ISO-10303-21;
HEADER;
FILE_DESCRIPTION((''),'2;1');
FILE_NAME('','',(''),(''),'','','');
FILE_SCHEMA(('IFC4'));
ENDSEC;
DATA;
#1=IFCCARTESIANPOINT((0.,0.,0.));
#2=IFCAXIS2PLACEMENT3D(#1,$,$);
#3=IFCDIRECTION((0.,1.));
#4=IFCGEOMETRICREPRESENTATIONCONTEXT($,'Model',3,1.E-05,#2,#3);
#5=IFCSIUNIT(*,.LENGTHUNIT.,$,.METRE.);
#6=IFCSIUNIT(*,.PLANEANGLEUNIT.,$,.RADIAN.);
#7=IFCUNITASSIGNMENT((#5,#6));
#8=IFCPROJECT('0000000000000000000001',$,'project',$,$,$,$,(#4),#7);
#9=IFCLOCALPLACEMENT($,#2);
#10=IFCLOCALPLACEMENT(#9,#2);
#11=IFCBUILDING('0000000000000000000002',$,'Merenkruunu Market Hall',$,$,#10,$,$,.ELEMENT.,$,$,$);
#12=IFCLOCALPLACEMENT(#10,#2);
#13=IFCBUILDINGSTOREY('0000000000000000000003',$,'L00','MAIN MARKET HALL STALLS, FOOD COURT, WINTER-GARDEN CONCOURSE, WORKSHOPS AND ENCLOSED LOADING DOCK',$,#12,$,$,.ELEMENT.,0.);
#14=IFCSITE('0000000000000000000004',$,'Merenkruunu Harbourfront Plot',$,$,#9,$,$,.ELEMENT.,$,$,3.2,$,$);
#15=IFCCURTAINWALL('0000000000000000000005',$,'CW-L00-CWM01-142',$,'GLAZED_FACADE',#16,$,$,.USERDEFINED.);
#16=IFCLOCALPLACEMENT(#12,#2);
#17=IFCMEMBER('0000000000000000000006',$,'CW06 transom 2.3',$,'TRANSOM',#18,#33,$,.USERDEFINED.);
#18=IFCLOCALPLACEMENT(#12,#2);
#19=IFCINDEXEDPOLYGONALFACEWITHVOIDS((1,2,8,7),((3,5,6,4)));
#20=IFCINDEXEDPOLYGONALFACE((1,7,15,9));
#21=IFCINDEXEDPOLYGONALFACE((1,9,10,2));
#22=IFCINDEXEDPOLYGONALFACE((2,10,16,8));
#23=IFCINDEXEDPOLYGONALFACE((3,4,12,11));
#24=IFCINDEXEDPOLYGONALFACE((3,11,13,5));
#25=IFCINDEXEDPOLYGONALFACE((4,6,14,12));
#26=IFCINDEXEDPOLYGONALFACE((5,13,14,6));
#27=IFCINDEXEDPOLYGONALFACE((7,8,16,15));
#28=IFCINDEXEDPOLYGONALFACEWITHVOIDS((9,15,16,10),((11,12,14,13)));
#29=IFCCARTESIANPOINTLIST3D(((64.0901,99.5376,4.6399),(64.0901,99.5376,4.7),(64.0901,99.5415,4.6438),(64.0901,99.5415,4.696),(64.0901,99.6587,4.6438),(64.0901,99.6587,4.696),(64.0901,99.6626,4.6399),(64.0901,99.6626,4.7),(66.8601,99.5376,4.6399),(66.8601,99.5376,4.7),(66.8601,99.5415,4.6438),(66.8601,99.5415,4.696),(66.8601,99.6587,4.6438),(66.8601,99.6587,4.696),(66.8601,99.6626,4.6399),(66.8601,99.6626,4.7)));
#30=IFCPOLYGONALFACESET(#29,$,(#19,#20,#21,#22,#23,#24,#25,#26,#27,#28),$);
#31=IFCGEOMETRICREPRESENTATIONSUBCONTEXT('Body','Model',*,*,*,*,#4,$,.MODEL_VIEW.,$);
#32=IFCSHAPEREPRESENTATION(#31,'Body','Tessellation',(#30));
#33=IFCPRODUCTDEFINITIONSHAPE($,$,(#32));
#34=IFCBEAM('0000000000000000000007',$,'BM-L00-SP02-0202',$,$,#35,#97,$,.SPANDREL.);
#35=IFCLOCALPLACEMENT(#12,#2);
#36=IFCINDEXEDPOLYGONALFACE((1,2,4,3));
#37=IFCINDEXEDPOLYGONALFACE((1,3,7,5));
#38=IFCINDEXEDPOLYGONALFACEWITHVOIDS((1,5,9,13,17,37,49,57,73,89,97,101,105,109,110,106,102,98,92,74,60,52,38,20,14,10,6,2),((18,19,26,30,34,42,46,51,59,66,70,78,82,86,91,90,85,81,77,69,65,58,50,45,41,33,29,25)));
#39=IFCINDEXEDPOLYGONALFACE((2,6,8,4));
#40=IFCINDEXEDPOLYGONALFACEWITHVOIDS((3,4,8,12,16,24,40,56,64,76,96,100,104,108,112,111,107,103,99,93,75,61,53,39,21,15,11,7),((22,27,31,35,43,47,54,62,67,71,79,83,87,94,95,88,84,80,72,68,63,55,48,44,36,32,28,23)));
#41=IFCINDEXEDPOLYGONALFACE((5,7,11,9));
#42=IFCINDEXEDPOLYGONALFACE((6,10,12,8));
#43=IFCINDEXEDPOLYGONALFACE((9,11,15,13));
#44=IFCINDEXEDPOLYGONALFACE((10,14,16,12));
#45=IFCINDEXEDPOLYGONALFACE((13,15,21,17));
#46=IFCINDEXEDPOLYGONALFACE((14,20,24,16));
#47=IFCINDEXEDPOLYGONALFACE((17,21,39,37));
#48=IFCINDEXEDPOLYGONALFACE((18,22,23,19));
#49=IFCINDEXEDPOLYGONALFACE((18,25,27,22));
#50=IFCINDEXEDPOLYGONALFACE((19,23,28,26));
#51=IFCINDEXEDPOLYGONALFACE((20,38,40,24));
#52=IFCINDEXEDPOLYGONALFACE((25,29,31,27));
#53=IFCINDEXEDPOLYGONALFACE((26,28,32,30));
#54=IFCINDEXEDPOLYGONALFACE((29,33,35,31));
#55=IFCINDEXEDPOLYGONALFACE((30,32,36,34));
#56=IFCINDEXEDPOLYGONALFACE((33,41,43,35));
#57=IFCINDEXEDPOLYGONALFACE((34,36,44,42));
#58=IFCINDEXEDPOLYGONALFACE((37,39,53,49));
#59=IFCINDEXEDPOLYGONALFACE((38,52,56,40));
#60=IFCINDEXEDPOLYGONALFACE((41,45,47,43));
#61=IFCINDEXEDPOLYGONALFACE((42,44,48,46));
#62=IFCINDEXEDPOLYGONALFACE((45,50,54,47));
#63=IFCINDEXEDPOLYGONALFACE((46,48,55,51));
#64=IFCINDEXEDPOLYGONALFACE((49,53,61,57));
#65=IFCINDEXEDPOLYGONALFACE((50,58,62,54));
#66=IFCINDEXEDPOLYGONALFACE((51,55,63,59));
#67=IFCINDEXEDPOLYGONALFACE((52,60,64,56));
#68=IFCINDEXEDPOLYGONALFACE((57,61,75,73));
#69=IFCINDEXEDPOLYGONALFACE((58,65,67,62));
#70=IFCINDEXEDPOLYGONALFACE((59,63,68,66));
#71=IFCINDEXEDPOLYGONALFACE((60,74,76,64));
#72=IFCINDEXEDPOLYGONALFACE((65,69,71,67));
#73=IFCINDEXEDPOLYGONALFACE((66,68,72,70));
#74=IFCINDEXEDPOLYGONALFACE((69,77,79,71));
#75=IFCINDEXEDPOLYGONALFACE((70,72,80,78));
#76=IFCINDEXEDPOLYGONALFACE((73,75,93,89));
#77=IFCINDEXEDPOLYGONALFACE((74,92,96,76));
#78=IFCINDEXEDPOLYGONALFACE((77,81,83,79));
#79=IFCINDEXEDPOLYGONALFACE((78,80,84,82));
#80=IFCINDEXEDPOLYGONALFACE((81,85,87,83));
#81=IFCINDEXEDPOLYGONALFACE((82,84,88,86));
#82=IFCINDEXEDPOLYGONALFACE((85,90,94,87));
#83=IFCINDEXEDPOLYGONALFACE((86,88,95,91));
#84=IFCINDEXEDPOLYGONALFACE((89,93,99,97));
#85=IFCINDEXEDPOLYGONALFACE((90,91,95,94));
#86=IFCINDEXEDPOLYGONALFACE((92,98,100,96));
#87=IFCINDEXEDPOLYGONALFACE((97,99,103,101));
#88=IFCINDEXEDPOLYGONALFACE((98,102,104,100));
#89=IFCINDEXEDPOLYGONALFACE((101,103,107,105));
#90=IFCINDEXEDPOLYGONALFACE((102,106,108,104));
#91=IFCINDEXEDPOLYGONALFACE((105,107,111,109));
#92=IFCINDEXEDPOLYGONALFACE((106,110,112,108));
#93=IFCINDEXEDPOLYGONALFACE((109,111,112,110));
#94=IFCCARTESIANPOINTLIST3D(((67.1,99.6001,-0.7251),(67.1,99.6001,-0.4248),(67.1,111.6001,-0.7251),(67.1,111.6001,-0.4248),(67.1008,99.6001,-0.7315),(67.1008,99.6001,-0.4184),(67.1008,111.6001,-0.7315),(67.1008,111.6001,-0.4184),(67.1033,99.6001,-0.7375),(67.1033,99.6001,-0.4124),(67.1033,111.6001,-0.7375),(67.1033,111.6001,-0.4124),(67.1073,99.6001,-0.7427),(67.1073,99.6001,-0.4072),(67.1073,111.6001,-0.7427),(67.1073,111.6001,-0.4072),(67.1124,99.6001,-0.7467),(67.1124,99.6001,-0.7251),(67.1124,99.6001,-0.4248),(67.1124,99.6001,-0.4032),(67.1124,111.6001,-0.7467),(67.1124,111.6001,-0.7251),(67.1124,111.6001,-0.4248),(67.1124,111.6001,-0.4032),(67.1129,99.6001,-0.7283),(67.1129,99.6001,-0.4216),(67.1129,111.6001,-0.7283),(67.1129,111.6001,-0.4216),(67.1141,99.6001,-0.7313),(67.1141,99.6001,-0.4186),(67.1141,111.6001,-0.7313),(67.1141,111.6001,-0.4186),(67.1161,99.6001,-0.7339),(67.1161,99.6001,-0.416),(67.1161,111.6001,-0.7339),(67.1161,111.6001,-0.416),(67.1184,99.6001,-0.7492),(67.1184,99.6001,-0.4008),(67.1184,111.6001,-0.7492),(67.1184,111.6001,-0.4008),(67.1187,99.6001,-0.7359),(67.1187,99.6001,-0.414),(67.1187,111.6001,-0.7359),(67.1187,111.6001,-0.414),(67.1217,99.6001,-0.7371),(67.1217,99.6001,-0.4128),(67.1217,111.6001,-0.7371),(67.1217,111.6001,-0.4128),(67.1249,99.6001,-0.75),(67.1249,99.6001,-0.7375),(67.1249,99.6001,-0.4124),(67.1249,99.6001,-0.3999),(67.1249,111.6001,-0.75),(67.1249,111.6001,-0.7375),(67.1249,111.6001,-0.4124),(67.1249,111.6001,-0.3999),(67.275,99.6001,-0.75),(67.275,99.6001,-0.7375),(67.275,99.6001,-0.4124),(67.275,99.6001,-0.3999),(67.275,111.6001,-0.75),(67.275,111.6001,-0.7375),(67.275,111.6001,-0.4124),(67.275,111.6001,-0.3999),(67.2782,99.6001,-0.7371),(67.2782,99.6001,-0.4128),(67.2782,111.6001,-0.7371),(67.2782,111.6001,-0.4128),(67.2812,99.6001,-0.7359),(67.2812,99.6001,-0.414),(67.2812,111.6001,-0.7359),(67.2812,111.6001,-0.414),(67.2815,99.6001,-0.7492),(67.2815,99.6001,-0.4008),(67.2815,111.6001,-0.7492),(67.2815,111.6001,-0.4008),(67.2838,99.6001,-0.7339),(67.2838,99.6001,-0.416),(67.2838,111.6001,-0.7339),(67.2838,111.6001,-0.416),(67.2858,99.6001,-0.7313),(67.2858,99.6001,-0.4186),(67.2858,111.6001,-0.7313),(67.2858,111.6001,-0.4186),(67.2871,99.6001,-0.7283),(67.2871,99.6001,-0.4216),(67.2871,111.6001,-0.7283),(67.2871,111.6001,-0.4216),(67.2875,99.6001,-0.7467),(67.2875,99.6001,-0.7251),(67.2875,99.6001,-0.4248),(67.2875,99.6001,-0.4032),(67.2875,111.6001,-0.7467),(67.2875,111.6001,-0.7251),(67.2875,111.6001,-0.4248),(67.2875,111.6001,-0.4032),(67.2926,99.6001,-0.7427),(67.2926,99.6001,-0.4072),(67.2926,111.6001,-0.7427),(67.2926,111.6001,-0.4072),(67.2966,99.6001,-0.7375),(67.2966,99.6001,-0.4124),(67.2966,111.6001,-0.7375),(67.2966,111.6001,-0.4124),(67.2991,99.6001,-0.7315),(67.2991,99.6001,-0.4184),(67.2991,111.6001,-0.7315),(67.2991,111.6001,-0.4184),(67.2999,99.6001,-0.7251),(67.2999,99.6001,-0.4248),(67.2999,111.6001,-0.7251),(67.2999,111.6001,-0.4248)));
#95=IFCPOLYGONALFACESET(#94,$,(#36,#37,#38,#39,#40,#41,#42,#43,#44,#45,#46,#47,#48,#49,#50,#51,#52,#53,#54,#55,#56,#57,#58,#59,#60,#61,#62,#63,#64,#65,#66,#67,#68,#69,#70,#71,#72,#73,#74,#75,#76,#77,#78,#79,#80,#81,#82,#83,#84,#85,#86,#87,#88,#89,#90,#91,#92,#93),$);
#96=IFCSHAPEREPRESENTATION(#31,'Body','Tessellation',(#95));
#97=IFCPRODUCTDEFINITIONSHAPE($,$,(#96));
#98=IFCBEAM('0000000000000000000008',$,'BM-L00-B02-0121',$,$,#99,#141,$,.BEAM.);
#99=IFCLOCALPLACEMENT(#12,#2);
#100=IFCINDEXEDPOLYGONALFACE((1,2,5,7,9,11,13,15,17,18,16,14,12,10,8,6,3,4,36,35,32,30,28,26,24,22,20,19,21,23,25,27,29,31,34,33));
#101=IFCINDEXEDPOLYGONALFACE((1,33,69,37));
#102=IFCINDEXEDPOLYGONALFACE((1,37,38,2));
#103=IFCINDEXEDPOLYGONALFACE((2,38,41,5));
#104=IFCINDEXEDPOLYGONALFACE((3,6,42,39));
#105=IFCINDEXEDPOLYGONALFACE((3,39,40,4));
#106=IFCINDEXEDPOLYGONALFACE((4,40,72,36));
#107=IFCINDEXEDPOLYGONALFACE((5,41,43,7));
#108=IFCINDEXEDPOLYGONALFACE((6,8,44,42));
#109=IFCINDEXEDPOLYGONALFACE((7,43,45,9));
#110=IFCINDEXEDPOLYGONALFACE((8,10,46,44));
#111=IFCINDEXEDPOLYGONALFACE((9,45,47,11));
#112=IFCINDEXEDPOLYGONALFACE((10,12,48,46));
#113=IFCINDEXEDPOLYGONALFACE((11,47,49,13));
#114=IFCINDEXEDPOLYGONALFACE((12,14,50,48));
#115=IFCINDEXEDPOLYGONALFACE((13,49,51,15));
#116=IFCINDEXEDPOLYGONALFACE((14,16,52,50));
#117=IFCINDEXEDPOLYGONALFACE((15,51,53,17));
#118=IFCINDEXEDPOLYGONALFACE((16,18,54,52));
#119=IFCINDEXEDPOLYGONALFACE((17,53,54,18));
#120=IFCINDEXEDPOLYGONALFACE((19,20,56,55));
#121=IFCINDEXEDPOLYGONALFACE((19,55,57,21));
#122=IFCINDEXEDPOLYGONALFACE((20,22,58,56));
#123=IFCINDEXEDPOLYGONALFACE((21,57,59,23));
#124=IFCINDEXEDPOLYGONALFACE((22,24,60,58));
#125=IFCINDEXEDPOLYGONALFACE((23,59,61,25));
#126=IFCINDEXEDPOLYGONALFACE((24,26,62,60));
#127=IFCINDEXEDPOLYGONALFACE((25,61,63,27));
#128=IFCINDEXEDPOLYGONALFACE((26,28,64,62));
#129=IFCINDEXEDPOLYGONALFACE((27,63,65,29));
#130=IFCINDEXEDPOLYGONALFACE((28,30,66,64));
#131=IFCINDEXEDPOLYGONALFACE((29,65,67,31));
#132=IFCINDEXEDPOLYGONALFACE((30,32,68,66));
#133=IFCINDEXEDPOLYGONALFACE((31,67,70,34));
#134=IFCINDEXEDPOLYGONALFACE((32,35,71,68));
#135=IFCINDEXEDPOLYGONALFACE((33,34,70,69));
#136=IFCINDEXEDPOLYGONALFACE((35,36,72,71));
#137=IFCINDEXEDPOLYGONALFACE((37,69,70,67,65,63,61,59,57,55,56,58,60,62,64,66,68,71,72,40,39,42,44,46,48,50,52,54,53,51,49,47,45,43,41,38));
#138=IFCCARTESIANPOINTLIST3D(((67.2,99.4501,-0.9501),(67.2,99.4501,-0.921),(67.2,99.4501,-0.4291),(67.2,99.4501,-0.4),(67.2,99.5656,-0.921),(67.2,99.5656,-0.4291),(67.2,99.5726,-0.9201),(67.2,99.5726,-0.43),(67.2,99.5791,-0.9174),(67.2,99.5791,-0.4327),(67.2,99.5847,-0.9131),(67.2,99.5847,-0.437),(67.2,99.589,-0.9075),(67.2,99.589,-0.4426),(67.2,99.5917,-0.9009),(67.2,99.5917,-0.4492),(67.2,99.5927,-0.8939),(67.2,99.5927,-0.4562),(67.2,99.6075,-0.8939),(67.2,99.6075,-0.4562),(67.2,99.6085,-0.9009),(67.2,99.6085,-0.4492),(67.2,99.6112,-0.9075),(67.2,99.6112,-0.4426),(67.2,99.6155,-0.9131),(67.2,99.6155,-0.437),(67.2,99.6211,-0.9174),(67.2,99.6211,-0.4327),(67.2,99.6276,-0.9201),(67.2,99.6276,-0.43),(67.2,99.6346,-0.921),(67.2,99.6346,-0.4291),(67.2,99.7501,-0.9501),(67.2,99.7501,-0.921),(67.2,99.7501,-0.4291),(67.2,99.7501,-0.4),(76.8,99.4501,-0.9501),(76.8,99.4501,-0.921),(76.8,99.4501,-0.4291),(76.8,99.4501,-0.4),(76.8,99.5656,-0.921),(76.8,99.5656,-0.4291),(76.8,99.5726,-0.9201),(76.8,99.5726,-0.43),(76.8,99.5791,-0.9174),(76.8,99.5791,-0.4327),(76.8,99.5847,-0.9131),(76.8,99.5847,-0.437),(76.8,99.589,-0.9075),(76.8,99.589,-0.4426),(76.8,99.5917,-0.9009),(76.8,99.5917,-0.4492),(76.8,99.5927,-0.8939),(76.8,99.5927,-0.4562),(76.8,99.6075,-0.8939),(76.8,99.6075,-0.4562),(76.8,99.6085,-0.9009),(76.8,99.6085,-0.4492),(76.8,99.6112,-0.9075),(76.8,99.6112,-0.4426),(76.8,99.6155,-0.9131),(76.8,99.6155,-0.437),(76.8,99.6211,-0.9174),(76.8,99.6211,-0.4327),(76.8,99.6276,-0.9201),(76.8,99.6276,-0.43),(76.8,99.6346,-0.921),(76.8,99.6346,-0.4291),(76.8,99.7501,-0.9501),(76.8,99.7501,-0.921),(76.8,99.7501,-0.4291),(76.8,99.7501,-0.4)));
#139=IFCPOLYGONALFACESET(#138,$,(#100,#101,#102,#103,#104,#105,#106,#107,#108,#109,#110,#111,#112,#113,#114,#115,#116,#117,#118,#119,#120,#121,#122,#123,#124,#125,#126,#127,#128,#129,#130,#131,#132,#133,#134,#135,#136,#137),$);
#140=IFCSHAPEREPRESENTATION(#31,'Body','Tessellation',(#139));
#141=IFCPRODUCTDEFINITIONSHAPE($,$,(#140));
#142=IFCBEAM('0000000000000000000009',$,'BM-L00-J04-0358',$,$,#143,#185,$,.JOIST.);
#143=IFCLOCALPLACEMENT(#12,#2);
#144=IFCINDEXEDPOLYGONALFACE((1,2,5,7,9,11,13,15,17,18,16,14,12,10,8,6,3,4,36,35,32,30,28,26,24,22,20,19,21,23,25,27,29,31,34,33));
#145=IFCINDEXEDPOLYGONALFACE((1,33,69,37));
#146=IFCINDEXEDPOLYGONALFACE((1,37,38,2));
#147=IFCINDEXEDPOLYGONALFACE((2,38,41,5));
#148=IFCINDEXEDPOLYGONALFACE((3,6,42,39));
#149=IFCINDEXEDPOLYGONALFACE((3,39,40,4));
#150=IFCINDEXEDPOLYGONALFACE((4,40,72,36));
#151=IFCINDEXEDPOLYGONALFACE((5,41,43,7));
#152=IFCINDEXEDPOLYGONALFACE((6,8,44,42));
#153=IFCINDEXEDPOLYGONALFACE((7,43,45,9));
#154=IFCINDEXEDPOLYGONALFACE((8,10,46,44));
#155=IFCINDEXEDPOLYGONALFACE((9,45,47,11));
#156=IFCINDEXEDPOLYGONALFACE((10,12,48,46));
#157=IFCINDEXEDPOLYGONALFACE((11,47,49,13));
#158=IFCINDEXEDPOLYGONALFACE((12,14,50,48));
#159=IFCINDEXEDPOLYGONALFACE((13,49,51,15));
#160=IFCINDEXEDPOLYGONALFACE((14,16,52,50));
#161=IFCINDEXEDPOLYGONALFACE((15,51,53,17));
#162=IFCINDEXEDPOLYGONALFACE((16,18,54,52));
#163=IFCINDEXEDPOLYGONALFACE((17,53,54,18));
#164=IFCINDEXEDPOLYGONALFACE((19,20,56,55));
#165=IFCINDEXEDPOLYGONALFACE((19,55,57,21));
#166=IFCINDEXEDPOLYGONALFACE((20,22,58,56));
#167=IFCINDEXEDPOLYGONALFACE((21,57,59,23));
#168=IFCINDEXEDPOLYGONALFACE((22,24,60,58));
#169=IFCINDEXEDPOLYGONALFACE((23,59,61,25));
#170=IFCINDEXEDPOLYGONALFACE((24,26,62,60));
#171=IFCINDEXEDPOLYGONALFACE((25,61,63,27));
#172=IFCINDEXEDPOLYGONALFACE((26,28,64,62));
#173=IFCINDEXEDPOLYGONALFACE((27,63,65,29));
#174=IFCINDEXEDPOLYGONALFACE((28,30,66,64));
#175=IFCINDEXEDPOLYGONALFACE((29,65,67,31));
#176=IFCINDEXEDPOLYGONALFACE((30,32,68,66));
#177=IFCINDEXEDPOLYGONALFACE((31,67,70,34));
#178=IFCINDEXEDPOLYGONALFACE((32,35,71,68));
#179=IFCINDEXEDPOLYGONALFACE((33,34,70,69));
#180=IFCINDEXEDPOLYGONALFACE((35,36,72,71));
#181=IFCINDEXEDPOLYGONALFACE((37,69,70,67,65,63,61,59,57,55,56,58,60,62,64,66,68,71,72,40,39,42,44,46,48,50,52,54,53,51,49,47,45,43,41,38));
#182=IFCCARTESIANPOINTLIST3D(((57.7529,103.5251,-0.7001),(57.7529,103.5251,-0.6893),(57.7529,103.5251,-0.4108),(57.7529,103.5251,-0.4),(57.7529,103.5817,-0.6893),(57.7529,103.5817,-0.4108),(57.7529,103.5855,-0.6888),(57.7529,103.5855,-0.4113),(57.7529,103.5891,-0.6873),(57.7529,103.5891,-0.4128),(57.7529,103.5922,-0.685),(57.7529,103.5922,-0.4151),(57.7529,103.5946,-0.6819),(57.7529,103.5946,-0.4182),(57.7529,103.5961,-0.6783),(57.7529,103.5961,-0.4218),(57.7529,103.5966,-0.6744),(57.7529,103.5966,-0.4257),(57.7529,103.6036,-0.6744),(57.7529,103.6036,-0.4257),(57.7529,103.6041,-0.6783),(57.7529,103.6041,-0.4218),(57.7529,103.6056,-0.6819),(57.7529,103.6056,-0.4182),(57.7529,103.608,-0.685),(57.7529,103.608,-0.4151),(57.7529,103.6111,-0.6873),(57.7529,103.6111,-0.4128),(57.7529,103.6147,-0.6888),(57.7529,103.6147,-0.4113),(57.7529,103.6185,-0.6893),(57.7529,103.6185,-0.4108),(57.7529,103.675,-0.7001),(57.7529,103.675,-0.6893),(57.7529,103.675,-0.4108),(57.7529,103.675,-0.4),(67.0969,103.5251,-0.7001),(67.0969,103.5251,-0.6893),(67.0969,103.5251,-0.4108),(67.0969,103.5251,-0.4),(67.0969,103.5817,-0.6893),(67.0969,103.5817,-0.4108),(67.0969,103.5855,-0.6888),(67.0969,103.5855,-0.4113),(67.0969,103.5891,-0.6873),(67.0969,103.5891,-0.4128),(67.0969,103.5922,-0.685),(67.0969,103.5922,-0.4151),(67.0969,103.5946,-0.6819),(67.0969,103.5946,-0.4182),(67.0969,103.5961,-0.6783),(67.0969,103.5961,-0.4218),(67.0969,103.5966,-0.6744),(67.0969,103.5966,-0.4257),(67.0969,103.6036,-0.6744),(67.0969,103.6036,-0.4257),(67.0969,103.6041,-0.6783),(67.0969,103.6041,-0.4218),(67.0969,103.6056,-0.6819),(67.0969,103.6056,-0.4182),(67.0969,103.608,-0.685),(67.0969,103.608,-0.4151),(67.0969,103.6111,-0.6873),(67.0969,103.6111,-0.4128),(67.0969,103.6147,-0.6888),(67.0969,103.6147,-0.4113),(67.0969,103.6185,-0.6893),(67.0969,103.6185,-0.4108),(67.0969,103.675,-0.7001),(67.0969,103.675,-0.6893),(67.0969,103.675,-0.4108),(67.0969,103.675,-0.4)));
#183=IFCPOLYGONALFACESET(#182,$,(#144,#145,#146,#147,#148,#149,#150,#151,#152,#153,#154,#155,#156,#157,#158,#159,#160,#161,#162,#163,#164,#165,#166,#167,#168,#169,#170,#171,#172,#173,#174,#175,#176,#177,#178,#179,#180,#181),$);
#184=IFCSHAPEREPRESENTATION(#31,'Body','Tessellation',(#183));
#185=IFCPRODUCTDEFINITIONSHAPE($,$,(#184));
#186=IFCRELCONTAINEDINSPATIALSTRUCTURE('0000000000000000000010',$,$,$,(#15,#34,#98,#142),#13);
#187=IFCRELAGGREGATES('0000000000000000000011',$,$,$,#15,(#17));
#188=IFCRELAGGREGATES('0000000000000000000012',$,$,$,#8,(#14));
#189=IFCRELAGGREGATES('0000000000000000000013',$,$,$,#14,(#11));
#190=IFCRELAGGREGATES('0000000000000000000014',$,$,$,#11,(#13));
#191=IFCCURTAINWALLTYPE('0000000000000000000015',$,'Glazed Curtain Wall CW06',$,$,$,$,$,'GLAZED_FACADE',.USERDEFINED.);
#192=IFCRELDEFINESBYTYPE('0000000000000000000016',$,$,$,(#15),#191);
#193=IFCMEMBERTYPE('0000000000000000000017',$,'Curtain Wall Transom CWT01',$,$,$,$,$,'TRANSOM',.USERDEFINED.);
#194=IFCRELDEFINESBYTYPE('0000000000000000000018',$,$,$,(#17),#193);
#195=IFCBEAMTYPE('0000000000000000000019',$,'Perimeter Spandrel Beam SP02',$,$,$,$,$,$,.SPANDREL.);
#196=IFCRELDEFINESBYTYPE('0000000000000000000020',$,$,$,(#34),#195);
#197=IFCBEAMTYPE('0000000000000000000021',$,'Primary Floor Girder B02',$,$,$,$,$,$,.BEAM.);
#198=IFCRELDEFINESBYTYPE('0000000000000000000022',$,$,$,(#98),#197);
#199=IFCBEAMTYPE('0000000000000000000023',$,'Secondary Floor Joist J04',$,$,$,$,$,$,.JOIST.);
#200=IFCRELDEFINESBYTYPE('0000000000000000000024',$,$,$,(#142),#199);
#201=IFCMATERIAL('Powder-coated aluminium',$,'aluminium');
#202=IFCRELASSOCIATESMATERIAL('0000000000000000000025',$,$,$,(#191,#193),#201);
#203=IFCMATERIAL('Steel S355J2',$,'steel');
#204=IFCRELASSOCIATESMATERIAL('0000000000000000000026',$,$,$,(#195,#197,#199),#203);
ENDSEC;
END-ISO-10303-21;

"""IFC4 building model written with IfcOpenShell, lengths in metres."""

from ifc_helpers import new_model, si_unit, direction, frame, origin, origin_2d, place, context, subcontext, project, spatial, hollow_rectangle, i_section, extrude, material, material_profile, profile_set, type_object, element, aggregate, save


model = new_model("IFC4")

# Units and contexts
model_context = context("Model", 3, precision=1e-05, world=origin(), true_north=direction((0.0, 1.0)))
body_context = subcontext(model_context, "Body", "Model", "MODEL_VIEW")
ifc_project = project(units=[si_unit("LENGTHUNIT", "METRE"), si_unit("PLANEANGLEUNIT", "RADIAN")], contexts=[model_context])

# Site, building, storey
site_placement = place(None, origin())
site = spatial("IfcSite", under=ifc_project, at=site_placement, Name="Merenkruunu Harbourfront Plot", CompositionType="ELEMENT", RefElevation=3.2)
building_placement = place(site_placement, origin())
building = spatial("IfcBuilding", under=site, at=building_placement, Name="Merenkruunu Market Hall", CompositionType="ELEMENT")
storey_placement = place(building_placement, origin())
storey = spatial("IfcBuildingStorey", under=building, at=storey_placement, Name="L00", Description="MAIN MARKET HALL STALLS, FOOD COURT, WINTER-GARDEN CONCOURSE, WORKSHOPS AND ENCLOSED LOADING DOCK", CompositionType="ELEMENT", Elevation=0.0)

# Curtain wall, member
ifc_material_1 = material(Name="Powder-coated aluminium", Category="aluminium")
curtain_wall_type = type_object("IfcCurtainWallType", Name="Glazed Curtain Wall CW06", ElementType="GLAZED_FACADE", PredefinedType="USERDEFINED", material=ifc_material_1)
curtain_wall_placement = place(storey_placement, origin())
curtain_wall = element("IfcCurtainWall", 1, at=curtain_wall_placement, inside=storey, type_object=curtain_wall_type, Name="CW-L00-CWM01-142", ObjectType="GLAZED_FACADE", PredefinedType="USERDEFINED")
ifc_material_profile_1 = material_profile(ifc_material_1, hollow_rectangle(XDim=0.0601, YDim=0.125, WallThickness=0.0039, at=origin_2d()), Name="ALU 60x125x4")
ifc_profile_set_1 = profile_set([ifc_material_profile_1], Name="Powder-coated aluminium")
member_type_1 = type_object("IfcMemberType", Name="Curtain Wall Transom CWT01", ElementType="TRANSOM", PredefinedType="USERDEFINED", material=ifc_profile_set_1)
member_1_placement = place(storey_placement, frame((64.0901, 99.6001, 4.6699), z_axis=(1.0, 0.0, 0.0), x_axis=(0.0, 0.0, 1.0)))
member_1 = element("IfcMember", 2, at=member_1_placement, type_object=member_type_1, Name="CW06 transom 2.3", ObjectType="TRANSOM", PredefinedType="USERDEFINED", context=body_context, shape_type="SweptSolid", body=[
    extrude(hollow_rectangle(XDim=0.0601, YDim=0.125, WallThickness=0.0039, at=origin_2d()), origin(), (0.0, 0.0, 1.0), 2.77),
])

# Beams
ifc_material_2 = material(Name="Steel S355J2", Category="steel")
ifc_material_profile_2 = material_profile(ifc_material_2, hollow_rectangle(XDim=0.2, YDim=0.3501, WallThickness=0.0125, InnerFilletRadius=0.0125, OuterFilletRadius=0.0249, at=origin_2d()), Name="RHS 350x200x12.5")
ifc_profile_set_2 = profile_set([ifc_material_profile_2], Name="Steel S355J2")
beam_type_1 = type_object("IfcBeamType", Name="Perimeter Spandrel Beam SP02", PredefinedType="SPANDREL", material=ifc_profile_set_2)
beam_1_placement = place(storey_placement, frame((67.2, 99.6001, -0.575), z_axis=(0.0, 1.0, 0.0), x_axis=(-1.0, 0.0, 0.0)))
element("IfcBeam", 3, at=beam_1_placement, inside=storey, type_object=beam_type_1, Name="BM-L00-SP02-0202", PredefinedType="SPANDREL", context=body_context, shape_type="SweptSolid", body=[
    extrude(hollow_rectangle(XDim=0.2, YDim=0.3501, WallThickness=0.0125, InnerFilletRadius=0.0125, OuterFilletRadius=0.0249, at=origin_2d()), origin(), (0.0, 0.0, 1.0), 12.0),
])
ifc_material_profile_3 = material_profile(ifc_material_2, i_section(OverallWidth=0.3, OverallDepth=0.55, WebThickness=0.0149, FlangeThickness=0.0291, FilletRadius=0.0271, at=origin_2d()), Name="HEB 550")
ifc_profile_set_3 = profile_set([ifc_material_profile_3], Name="Steel S355J2")
beam_type_2 = type_object("IfcBeamType", Name="Primary Floor Girder B02", PredefinedType="BEAM", material=ifc_profile_set_3)
beam_2_placement = place(storey_placement, frame((67.2, 99.6001, -0.675), z_axis=(1.0, 0.0, 0.0), x_axis=(0.0, 1.0, 0.0)))
element("IfcBeam", 4, at=beam_2_placement, inside=storey, type_object=beam_type_2, Name="BM-L00-B02-0121", PredefinedType="BEAM", context=body_context, shape_type="SweptSolid", body=[
    extrude(i_section(OverallWidth=0.3, OverallDepth=0.55, WebThickness=0.0149, FlangeThickness=0.0291, FilletRadius=0.0271, at=origin_2d()), origin(), (0.0, 0.0, 1.0), 9.6001),
])
ifc_material_profile_4 = material_profile(ifc_material_2, i_section(OverallWidth=0.1499, OverallDepth=0.3, WebThickness=0.0071, FlangeThickness=0.0107, FilletRadius=0.0149, at=origin_2d()), Name="IPE 300")
ifc_profile_set_4 = profile_set([ifc_material_profile_4], Name="Steel S355J2")
beam_type_3 = type_object("IfcBeamType", Name="Secondary Floor Joist J04", PredefinedType="JOIST", material=ifc_profile_set_4)
for number, where, z_axis, x_axis, name in (
    (5, (57.7529, 103.6001, -0.55), (1.0, 0.0, 0.0), (0.0, 1.0, 0.0), "BM-L00-J04-0358"),
):
    element("IfcBeam", number, at=place(storey_placement, frame(where, z_axis=z_axis, x_axis=x_axis)), inside=storey, type_object=beam_type_3, Name=name, PredefinedType="JOIST", context=body_context, shape_type="SweptSolid", body=[
        extrude(i_section(OverallWidth=0.1499, OverallDepth=0.3, WebThickness=0.0071, FlangeThickness=0.0107, FilletRadius=0.0149, at=origin_2d()), origin(), (0.0, 0.0, 1.0), 9.344),
    ])

aggregate(curtain_wall, [member_1])

save(model, "model.ifc")
